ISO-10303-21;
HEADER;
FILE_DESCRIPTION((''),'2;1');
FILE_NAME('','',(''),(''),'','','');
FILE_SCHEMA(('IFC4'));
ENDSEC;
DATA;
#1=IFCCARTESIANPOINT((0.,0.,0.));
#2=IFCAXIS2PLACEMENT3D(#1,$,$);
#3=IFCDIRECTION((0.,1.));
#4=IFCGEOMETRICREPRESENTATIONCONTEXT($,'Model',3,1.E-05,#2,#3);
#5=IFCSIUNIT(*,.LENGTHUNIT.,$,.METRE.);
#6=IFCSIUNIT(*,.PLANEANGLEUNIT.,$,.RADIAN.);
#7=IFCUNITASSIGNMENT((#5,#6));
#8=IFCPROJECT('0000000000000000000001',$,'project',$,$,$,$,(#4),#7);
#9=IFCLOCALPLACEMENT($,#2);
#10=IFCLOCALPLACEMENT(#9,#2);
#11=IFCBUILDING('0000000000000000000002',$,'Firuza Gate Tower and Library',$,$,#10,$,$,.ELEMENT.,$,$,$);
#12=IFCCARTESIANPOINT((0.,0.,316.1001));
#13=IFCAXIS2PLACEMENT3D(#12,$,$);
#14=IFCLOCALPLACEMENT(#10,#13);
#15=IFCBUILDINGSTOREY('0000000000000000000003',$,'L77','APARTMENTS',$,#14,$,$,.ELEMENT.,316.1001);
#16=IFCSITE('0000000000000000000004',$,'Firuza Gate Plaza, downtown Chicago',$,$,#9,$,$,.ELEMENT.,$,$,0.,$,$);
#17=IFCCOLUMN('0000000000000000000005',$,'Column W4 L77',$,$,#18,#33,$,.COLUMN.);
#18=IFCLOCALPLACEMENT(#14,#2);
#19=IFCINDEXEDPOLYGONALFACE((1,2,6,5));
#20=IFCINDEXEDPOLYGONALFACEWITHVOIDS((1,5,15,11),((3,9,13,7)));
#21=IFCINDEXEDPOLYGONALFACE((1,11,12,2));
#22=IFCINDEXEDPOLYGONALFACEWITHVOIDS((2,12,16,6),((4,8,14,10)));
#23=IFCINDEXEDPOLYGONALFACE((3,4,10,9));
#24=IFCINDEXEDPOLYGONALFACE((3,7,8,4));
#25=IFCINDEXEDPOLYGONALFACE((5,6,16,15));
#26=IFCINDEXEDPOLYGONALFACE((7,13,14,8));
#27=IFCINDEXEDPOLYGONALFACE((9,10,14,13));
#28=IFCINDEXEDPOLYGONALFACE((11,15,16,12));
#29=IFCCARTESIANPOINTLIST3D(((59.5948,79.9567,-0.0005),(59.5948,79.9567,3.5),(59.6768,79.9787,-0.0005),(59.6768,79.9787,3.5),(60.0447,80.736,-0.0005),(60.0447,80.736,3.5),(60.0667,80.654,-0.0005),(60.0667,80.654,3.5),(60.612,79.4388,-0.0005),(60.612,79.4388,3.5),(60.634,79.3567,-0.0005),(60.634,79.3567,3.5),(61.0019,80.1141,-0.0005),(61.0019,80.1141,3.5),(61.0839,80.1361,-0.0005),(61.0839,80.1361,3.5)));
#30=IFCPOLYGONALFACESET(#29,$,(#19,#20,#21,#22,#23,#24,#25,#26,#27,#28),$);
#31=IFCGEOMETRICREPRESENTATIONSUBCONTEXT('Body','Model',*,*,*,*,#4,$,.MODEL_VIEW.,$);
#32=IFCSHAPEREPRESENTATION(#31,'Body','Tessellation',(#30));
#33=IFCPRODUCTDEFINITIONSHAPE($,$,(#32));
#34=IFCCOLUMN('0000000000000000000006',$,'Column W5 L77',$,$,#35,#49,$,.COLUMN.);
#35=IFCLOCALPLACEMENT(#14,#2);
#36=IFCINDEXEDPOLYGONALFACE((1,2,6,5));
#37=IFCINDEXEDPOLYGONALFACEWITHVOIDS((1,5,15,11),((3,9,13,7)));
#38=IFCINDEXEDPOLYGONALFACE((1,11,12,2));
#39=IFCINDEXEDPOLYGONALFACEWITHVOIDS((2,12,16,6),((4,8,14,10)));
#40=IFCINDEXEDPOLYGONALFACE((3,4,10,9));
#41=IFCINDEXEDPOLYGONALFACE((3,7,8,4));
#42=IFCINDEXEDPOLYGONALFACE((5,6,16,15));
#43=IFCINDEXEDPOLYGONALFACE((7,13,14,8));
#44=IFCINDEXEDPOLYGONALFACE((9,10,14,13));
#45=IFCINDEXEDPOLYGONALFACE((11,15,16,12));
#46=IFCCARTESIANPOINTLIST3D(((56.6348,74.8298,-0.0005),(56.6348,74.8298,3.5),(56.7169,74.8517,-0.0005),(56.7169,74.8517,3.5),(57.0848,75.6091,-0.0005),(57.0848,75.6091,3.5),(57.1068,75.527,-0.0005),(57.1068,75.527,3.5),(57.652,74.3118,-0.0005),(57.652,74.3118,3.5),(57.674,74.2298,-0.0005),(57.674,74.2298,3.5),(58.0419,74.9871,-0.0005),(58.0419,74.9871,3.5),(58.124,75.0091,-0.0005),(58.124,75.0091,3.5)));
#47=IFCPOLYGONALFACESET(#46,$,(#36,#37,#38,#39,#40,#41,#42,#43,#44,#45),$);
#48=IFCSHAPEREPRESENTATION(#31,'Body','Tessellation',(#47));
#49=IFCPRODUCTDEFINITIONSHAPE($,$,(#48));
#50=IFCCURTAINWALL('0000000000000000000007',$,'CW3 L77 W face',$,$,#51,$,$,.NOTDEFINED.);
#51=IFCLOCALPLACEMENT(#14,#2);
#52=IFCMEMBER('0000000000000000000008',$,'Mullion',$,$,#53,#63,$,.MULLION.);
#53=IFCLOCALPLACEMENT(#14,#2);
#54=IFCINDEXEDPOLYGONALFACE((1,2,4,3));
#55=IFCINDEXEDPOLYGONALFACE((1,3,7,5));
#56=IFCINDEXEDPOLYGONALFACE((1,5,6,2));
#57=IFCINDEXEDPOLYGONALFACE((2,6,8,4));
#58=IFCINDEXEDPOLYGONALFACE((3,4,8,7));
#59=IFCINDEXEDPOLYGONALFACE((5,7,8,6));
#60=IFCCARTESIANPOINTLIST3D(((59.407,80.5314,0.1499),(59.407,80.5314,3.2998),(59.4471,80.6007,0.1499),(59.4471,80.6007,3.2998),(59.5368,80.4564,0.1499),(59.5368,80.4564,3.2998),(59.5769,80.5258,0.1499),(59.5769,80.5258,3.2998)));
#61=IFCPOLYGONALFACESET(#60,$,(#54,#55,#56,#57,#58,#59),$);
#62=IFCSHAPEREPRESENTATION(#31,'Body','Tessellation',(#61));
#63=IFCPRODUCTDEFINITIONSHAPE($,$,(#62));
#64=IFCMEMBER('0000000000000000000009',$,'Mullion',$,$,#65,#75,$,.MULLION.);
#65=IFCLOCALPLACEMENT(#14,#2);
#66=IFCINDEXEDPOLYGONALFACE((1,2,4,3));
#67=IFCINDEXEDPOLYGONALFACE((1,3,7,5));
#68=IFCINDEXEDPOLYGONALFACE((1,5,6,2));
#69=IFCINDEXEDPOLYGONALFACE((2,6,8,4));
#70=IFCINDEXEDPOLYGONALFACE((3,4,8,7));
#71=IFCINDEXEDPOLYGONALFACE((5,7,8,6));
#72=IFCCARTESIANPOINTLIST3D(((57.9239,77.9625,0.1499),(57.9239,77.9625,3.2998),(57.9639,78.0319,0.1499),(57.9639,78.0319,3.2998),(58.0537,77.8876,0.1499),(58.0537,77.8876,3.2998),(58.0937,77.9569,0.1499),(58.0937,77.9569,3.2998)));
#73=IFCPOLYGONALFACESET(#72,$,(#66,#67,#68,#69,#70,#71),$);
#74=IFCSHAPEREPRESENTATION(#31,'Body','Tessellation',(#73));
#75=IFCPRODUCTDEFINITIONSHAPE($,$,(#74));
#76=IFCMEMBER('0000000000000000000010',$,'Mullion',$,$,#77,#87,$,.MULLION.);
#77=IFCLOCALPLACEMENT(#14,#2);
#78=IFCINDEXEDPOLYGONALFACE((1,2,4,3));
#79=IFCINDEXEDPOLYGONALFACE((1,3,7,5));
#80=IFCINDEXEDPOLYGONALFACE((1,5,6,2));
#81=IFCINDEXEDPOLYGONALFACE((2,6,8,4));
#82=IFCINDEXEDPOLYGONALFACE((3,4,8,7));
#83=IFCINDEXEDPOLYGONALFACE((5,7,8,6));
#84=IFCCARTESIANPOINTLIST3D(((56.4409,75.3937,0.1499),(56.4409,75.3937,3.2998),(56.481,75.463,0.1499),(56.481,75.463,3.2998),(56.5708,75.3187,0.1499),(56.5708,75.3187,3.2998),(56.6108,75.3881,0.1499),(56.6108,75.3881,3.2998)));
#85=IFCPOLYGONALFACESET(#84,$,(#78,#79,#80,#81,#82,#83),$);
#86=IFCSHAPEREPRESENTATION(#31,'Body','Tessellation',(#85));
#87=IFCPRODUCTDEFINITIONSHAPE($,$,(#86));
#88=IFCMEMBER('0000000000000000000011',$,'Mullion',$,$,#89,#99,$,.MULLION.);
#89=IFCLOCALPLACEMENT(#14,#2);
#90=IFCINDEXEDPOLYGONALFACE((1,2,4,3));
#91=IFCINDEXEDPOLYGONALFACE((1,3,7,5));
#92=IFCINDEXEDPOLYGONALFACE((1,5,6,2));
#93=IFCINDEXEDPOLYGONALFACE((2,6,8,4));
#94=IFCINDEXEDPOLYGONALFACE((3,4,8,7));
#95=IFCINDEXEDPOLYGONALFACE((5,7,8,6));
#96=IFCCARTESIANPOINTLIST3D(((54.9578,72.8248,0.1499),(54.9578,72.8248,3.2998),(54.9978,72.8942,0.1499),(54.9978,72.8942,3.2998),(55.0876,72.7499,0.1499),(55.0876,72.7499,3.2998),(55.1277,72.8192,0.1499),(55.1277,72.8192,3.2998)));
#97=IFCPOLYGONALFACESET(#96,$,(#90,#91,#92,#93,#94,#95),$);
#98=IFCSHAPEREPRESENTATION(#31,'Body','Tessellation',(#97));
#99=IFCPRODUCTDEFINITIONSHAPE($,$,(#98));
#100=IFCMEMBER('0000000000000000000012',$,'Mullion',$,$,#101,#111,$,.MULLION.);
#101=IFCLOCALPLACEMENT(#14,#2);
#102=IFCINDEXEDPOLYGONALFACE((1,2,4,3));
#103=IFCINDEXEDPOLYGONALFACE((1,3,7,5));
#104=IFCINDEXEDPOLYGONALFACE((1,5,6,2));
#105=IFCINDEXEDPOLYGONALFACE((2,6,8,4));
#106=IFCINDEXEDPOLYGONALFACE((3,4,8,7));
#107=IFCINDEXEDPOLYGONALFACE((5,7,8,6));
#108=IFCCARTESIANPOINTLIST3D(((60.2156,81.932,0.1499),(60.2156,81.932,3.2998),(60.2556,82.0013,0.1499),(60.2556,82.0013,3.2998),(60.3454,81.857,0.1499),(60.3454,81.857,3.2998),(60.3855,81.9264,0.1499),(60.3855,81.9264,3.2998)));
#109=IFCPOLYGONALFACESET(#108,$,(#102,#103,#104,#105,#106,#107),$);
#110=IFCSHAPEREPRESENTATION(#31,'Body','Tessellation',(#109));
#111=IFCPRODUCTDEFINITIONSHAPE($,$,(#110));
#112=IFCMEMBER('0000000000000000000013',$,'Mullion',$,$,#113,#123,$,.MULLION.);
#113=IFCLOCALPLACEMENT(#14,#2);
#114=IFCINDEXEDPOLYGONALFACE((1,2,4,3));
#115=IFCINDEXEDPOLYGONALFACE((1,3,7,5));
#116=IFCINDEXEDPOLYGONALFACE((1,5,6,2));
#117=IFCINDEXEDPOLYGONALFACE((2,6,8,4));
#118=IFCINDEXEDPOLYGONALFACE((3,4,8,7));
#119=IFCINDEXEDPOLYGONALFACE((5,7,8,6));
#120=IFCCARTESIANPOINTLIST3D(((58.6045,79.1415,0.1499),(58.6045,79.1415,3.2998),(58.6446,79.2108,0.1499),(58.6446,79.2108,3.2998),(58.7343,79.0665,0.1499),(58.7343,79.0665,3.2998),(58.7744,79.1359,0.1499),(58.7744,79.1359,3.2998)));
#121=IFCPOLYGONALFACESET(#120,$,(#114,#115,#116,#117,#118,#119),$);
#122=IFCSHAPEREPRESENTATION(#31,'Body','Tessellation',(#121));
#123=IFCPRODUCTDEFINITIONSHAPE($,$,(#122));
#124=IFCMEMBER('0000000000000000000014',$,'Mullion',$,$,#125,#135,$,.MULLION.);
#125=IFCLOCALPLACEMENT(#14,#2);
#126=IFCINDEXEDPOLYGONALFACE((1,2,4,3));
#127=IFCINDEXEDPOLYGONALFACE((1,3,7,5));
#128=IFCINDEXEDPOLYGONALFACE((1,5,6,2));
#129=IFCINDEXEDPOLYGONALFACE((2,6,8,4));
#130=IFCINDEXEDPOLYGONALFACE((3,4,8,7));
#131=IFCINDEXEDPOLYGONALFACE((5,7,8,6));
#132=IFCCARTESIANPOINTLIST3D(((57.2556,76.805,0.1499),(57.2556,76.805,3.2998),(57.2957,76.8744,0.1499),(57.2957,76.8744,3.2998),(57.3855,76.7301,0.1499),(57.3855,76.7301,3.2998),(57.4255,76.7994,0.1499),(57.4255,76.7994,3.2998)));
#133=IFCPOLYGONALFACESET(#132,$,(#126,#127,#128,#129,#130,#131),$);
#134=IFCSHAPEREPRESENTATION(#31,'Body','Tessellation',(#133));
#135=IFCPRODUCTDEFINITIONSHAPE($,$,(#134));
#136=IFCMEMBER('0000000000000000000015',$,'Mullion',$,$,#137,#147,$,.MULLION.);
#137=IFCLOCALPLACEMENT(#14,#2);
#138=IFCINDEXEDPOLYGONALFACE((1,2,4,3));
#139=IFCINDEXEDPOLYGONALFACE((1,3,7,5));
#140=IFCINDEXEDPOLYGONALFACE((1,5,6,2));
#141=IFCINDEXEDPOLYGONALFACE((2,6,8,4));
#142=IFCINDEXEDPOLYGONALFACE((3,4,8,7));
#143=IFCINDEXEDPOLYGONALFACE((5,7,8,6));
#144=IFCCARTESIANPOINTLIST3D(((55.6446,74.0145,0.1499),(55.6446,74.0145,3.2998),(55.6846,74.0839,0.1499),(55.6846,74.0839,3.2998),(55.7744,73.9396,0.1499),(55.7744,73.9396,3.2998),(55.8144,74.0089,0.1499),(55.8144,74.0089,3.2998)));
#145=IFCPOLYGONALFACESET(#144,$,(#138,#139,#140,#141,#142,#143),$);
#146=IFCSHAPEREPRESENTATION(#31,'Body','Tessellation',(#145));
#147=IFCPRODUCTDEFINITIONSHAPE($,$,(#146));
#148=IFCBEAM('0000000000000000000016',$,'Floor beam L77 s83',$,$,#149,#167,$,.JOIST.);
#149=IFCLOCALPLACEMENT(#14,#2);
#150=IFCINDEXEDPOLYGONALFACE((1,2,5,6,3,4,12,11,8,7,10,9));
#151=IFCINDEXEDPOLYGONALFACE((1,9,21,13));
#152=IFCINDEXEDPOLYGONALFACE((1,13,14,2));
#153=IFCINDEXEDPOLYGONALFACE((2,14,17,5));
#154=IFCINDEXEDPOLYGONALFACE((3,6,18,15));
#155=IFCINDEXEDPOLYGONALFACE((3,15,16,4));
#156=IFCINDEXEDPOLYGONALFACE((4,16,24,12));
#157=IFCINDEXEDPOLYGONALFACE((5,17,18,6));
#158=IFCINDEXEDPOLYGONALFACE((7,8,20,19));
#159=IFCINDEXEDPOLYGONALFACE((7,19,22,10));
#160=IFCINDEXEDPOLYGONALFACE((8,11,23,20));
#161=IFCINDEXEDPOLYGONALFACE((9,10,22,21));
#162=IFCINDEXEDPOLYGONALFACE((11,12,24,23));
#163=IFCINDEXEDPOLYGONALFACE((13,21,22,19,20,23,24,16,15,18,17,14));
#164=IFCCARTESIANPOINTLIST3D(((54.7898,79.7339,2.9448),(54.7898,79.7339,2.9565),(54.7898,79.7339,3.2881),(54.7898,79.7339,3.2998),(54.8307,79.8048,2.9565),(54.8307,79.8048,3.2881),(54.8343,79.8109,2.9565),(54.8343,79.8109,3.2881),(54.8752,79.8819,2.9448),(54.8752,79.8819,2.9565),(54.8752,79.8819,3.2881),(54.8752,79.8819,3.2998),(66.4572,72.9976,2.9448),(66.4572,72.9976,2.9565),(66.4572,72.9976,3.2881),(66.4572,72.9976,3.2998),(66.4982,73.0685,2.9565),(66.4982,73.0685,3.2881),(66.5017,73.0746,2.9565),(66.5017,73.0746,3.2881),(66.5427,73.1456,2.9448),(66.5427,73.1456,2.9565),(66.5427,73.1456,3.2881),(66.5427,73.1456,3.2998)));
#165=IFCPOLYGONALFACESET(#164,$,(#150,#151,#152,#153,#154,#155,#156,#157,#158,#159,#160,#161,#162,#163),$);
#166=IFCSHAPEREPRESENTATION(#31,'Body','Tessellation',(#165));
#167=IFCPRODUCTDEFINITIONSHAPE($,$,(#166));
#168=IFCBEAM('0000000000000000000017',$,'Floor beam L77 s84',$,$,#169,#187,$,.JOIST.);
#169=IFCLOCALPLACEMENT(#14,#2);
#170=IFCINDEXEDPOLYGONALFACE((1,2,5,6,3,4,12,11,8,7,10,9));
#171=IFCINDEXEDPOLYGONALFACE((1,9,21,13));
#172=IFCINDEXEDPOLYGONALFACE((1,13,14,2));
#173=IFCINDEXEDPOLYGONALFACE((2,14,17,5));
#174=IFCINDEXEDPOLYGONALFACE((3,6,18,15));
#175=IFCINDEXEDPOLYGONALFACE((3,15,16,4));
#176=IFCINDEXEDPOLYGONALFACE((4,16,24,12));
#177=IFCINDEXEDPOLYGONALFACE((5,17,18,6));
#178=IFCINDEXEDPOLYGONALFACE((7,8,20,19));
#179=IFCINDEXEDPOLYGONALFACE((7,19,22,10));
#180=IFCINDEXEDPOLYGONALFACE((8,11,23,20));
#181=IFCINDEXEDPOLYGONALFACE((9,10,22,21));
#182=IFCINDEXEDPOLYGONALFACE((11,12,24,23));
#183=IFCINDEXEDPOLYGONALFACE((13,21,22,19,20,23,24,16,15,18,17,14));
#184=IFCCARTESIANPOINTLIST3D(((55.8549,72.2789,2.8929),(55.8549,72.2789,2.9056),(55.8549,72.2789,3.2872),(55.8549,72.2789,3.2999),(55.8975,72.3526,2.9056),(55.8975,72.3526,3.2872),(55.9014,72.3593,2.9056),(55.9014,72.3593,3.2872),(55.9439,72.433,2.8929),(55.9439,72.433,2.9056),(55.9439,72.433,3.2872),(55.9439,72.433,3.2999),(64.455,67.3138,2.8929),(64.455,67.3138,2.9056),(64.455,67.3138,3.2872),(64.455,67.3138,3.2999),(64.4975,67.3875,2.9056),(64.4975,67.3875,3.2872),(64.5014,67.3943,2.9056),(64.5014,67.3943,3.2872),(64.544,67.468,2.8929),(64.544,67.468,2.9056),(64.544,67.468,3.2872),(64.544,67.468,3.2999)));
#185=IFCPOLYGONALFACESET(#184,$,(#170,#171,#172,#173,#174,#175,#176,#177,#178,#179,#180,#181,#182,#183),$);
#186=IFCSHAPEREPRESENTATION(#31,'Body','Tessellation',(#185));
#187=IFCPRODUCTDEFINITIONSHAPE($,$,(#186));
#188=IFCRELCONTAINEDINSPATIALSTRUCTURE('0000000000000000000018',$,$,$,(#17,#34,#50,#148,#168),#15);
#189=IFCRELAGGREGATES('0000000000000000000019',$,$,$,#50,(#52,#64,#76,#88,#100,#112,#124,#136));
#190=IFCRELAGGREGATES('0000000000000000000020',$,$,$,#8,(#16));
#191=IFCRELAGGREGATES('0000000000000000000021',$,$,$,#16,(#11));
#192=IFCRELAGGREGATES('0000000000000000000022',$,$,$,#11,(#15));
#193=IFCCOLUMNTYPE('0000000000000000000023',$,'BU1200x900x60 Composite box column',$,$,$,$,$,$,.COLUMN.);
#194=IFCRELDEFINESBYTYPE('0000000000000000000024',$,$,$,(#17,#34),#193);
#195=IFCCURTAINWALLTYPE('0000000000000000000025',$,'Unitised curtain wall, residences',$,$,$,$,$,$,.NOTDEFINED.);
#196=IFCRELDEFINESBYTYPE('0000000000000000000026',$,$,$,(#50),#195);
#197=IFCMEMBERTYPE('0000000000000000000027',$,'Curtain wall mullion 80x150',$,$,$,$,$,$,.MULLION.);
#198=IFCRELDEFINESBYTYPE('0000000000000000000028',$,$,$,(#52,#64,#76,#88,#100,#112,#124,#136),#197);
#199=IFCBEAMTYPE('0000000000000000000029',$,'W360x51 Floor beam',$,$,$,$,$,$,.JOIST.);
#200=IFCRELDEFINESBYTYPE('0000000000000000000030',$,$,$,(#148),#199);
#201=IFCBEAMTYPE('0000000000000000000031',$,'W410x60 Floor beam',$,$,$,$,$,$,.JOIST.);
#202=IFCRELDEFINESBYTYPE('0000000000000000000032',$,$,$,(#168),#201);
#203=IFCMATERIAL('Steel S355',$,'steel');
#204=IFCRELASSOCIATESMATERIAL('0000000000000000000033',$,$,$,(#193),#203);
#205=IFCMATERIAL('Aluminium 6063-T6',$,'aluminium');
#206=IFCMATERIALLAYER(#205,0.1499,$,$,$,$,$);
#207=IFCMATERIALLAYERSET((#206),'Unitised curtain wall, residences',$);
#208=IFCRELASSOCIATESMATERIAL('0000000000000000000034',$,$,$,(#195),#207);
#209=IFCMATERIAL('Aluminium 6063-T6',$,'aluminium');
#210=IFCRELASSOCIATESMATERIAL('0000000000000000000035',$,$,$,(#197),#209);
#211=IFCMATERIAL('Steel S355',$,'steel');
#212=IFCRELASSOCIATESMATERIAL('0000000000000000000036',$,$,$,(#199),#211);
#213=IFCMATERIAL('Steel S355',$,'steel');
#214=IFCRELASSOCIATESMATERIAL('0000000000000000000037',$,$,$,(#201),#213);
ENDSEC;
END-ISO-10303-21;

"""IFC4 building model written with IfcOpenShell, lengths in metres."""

from ifc_helpers import new_model, si_unit, direction, frame, origin, origin_2d, place, context, subcontext, project, spatial, rectangle, hollow_rectangle, i_section, extrude, material, layer, layer_set, material_profile, profile_set, type_object, element, aggregate, save


model = new_model("IFC4")

# Units and contexts
model_context = context("Model", 3, precision=1e-05, world=origin(), true_north=direction((0.0, 1.0)))
body_context = subcontext(model_context, "Body", "Model", "MODEL_VIEW")
ifc_project = project(units=[si_unit("LENGTHUNIT", "METRE"), si_unit("PLANEANGLEUNIT", "RADIAN")], contexts=[model_context])

# Site, building, storey
site_placement = place(None, origin())
site = spatial("IfcSite", under=ifc_project, at=site_placement, Name="Firuza Gate Plaza, downtown Chicago", CompositionType="ELEMENT", RefElevation=0.0)
building_placement = place(site_placement, origin())
building = spatial("IfcBuilding", under=site, at=building_placement, Name="Firuza Gate Tower and Library", CompositionType="ELEMENT")
storey_placement = place(building_placement, frame((0.0, 0.0, 316.1001)))
storey = spatial("IfcBuildingStorey", under=building, at=storey_placement, Name="L77", Description="APARTMENTS", CompositionType="ELEMENT", Elevation=316.1001)

# Columns
ifc_material_1 = material(Name="Steel S355", Category="steel")
ifc_material_profile_1 = material_profile(ifc_material_1, hollow_rectangle(XDim=0.8999, YDim=1.2, WallThickness=0.0601, at=origin_2d()))
ifc_profile_set_1 = profile_set([ifc_material_profile_1], Name="Steel S355")
column_type = type_object("IfcColumnType", Name="BU1200x900x60 Composite box column", PredefinedType="COLUMN", material=ifc_profile_set_1)
for number, where, z_axis, x_axis, name in (
    (1, (60.3394, 80.0464, -0.0005), (0.0, 0.0, 1.0), (-0.5, -0.866025, 0.0), "Column W4 L77"),
    (2, (57.3794, 74.9194, -0.0005), (0.0, 0.0, 1.0), (-0.5, -0.866025, 0.0), "Column W5 L77"),
):
    element("IfcColumn", number, at=place(storey_placement, frame(where, z_axis=z_axis, x_axis=x_axis)), inside=storey, type_object=column_type, Name=name, PredefinedType="COLUMN", context=body_context, shape_type="SweptSolid", body=[
        extrude(hollow_rectangle(XDim=0.8999, YDim=1.2, WallThickness=0.0601, at=origin_2d()), origin(), (0.0, 0.0, 1.0), 3.5005),
    ])

# Curtain wall, members
ifc_material_2 = material(Name="Aluminium 6063-T6", Category="aluminium")
ifc_layer_1 = layer(ifc_material_2, 0.1499)
ifc_layer_set_1 = layer_set([ifc_layer_1], Name="Unitised curtain wall, residences")
curtain_wall_type = type_object("IfcCurtainWallType", Name="Unitised curtain wall, residences", PredefinedType="NOTDEFINED", material=ifc_layer_set_1)
curtain_wall_placement = place(storey_placement, origin())
curtain_wall = element("IfcCurtainWall", 3, at=curtain_wall_placement, inside=storey, type_object=curtain_wall_type, Name="CW3 L77 W face", PredefinedType="NOTDEFINED")
ifc_material_3 = material(Name="Aluminium 6063-T6", Category="aluminium")
ifc_material_profile_2 = material_profile(ifc_material_3, rectangle(XDim=0.1499, YDim=0.0801, at=origin_2d()))
ifc_profile_set_2 = profile_set([ifc_material_profile_2], Name="Aluminium 6063-T6")
member_type = type_object("IfcMemberType", Name="Curtain wall mullion 80x150", PredefinedType="MULLION", material=ifc_profile_set_2)
member_1_placement = place(storey_placement, frame((59.4919, 80.5286, 0.1499), z_axis=(0.0, 0.0, 1.0), x_axis=(0.866025, -0.5, 0.0)))
member_1 = element("IfcMember", 4, at=member_1_placement, type_object=member_type, Name="Mullion", PredefinedType="MULLION", context=body_context, shape_type="SweptSolid", body=[
    extrude(rectangle(XDim=0.1499, YDim=0.0801, at=origin_2d()), origin(), (0.0, 0.0, 1.0), 3.1499),
])
member_2_placement = place(storey_placement, frame((58.0088, 77.9597, 0.1499), z_axis=(0.0, 0.0, 1.0), x_axis=(0.866025, -0.5, 0.0)))
member_2 = element("IfcMember", 5, at=member_2_placement, type_object=member_type, Name="Mullion", PredefinedType="MULLION", context=body_context, shape_type="SweptSolid", body=[
    extrude(rectangle(XDim=0.1499, YDim=0.0801, at=origin_2d()), origin(), (0.0, 0.0, 1.0), 3.1499),
])
member_3_placement = place(storey_placement, frame((56.5259, 75.3909, 0.1499), z_axis=(0.0, 0.0, 1.0), x_axis=(0.866025, -0.5, 0.0)))
member_3 = element("IfcMember", 6, at=member_3_placement, type_object=member_type, Name="Mullion", PredefinedType="MULLION", context=body_context, shape_type="SweptSolid", body=[
    extrude(rectangle(XDim=0.1499, YDim=0.0801, at=origin_2d()), origin(), (0.0, 0.0, 1.0), 3.1499),
])
member_4_placement = place(storey_placement, frame((55.0427, 72.822, 0.1499), z_axis=(0.0, 0.0, 1.0), x_axis=(0.866025, -0.5, 0.0)))
member_4 = element("IfcMember", 7, at=member_4_placement, type_object=member_type, Name="Mullion", PredefinedType="MULLION", context=body_context, shape_type="SweptSolid", body=[
    extrude(rectangle(XDim=0.1499, YDim=0.0801, at=origin_2d()), origin(), (0.0, 0.0, 1.0), 3.1499),
])
member_5_placement = place(storey_placement, frame((60.3005, 81.9292, 0.1499), z_axis=(0.0, 0.0, 1.0), x_axis=(0.866025, -0.5, 0.0)))
member_5 = element("IfcMember", 8, at=member_5_placement, type_object=member_type, Name="Mullion", PredefinedType="MULLION", context=body_context, shape_type="SweptSolid", body=[
    extrude(rectangle(XDim=0.1499, YDim=0.0801, at=origin_2d()), origin(), (0.0, 0.0, 1.0), 3.1499),
])
member_6_placement = place(storey_placement, frame((58.6895, 79.1387, 0.1499), z_axis=(0.0, 0.0, 1.0), x_axis=(0.866025, -0.5, 0.0)))
member_6 = element("IfcMember", 9, at=member_6_placement, type_object=member_type, Name="Mullion", PredefinedType="MULLION", context=body_context, shape_type="SweptSolid", body=[
    extrude(rectangle(XDim=0.1499, YDim=0.0801, at=origin_2d()), origin(), (0.0, 0.0, 1.0), 3.1499),
])
member_7_placement = place(storey_placement, frame((57.3406, 76.8022, 0.1499), z_axis=(0.0, 0.0, 1.0), x_axis=(0.866025, -0.5, 0.0)))
member_7 = element("IfcMember", 10, at=member_7_placement, type_object=member_type, Name="Mullion", PredefinedType="MULLION", context=body_context, shape_type="SweptSolid", body=[
    extrude(rectangle(XDim=0.1499, YDim=0.0801, at=origin_2d()), origin(), (0.0, 0.0, 1.0), 3.1499),
])
member_8_placement = place(storey_placement, frame((55.7295, 74.0117, 0.1499), z_axis=(0.0, 0.0, 1.0), x_axis=(0.866025, -0.5, 0.0)))
member_8 = element("IfcMember", 11, at=member_8_placement, type_object=member_type, Name="Mullion", PredefinedType="MULLION", context=body_context, shape_type="SweptSolid", body=[
    extrude(rectangle(XDim=0.1499, YDim=0.0801, at=origin_2d()), origin(), (0.0, 0.0, 1.0), 3.1499),
])

# Beams
ifc_material_4 = material(Name="Steel S355", Category="steel")
ifc_material_profile_3 = material_profile(ifc_material_4, i_section(OverallWidth=0.1709, OverallDepth=0.355, WebThickness=0.0071, FlangeThickness=0.0117, at=origin_2d()))
ifc_profile_set_3 = profile_set([ifc_material_profile_3], Name="Steel S355")
beam_type_1 = type_object("IfcBeamType", Name="W360x51 Floor beam", PredefinedType="JOIST", material=ifc_profile_set_3)
beam_1_placement = place(storey_placement, frame((54.8325, 79.8079, 3.1223), z_axis=(0.866022, -0.500006, 0.0), x_axis=(0.500006, 0.866022, 0.0)))
element("IfcBeam", 12, at=beam_1_placement, inside=storey, type_object=beam_type_1, Name="Floor beam L77 s83", PredefinedType="JOIST", context=body_context, shape_type="SweptSolid", body=[
    extrude(i_section(OverallWidth=0.1709, OverallDepth=0.355, WebThickness=0.0071, FlangeThickness=0.0117, at=origin_2d()), origin(), (0.0, 0.0, 1.0), 13.4724),
])
ifc_material_5 = material(Name="Steel S355", Category="steel")
ifc_material_profile_4 = material_profile(ifc_material_5, i_section(OverallWidth=0.178, OverallDepth=0.407, WebThickness=0.0078, FlangeThickness=0.0127, at=origin_2d()))
ifc_profile_set_4 = profile_set([ifc_material_profile_4], Name="Steel S355")
beam_type_2 = type_object("IfcBeamType", Name="W410x60 Floor beam", PredefinedType="JOIST", material=ifc_profile_set_4)
beam_2_placement = place(storey_placement, frame((55.8994, 72.356, 3.0964), z_axis=(0.866033, -0.499986, 0.0), x_axis=(0.499986, 0.866033, 0.0)))
element("IfcBeam", 13, at=beam_2_placement, inside=storey, type_object=beam_type_2, Name="Floor beam L77 s84", PredefinedType="JOIST", context=body_context, shape_type="SweptSolid", body=[
    extrude(i_section(OverallWidth=0.178, OverallDepth=0.407, WebThickness=0.0078, FlangeThickness=0.0127, at=origin_2d()), origin(), (0.0, 0.0, 1.0), 9.9304),
])

aggregate(curtain_wall, [member_1, member_2, member_3, member_4, member_5, member_6, member_7, member_8])

save(model, "model.ifc")
